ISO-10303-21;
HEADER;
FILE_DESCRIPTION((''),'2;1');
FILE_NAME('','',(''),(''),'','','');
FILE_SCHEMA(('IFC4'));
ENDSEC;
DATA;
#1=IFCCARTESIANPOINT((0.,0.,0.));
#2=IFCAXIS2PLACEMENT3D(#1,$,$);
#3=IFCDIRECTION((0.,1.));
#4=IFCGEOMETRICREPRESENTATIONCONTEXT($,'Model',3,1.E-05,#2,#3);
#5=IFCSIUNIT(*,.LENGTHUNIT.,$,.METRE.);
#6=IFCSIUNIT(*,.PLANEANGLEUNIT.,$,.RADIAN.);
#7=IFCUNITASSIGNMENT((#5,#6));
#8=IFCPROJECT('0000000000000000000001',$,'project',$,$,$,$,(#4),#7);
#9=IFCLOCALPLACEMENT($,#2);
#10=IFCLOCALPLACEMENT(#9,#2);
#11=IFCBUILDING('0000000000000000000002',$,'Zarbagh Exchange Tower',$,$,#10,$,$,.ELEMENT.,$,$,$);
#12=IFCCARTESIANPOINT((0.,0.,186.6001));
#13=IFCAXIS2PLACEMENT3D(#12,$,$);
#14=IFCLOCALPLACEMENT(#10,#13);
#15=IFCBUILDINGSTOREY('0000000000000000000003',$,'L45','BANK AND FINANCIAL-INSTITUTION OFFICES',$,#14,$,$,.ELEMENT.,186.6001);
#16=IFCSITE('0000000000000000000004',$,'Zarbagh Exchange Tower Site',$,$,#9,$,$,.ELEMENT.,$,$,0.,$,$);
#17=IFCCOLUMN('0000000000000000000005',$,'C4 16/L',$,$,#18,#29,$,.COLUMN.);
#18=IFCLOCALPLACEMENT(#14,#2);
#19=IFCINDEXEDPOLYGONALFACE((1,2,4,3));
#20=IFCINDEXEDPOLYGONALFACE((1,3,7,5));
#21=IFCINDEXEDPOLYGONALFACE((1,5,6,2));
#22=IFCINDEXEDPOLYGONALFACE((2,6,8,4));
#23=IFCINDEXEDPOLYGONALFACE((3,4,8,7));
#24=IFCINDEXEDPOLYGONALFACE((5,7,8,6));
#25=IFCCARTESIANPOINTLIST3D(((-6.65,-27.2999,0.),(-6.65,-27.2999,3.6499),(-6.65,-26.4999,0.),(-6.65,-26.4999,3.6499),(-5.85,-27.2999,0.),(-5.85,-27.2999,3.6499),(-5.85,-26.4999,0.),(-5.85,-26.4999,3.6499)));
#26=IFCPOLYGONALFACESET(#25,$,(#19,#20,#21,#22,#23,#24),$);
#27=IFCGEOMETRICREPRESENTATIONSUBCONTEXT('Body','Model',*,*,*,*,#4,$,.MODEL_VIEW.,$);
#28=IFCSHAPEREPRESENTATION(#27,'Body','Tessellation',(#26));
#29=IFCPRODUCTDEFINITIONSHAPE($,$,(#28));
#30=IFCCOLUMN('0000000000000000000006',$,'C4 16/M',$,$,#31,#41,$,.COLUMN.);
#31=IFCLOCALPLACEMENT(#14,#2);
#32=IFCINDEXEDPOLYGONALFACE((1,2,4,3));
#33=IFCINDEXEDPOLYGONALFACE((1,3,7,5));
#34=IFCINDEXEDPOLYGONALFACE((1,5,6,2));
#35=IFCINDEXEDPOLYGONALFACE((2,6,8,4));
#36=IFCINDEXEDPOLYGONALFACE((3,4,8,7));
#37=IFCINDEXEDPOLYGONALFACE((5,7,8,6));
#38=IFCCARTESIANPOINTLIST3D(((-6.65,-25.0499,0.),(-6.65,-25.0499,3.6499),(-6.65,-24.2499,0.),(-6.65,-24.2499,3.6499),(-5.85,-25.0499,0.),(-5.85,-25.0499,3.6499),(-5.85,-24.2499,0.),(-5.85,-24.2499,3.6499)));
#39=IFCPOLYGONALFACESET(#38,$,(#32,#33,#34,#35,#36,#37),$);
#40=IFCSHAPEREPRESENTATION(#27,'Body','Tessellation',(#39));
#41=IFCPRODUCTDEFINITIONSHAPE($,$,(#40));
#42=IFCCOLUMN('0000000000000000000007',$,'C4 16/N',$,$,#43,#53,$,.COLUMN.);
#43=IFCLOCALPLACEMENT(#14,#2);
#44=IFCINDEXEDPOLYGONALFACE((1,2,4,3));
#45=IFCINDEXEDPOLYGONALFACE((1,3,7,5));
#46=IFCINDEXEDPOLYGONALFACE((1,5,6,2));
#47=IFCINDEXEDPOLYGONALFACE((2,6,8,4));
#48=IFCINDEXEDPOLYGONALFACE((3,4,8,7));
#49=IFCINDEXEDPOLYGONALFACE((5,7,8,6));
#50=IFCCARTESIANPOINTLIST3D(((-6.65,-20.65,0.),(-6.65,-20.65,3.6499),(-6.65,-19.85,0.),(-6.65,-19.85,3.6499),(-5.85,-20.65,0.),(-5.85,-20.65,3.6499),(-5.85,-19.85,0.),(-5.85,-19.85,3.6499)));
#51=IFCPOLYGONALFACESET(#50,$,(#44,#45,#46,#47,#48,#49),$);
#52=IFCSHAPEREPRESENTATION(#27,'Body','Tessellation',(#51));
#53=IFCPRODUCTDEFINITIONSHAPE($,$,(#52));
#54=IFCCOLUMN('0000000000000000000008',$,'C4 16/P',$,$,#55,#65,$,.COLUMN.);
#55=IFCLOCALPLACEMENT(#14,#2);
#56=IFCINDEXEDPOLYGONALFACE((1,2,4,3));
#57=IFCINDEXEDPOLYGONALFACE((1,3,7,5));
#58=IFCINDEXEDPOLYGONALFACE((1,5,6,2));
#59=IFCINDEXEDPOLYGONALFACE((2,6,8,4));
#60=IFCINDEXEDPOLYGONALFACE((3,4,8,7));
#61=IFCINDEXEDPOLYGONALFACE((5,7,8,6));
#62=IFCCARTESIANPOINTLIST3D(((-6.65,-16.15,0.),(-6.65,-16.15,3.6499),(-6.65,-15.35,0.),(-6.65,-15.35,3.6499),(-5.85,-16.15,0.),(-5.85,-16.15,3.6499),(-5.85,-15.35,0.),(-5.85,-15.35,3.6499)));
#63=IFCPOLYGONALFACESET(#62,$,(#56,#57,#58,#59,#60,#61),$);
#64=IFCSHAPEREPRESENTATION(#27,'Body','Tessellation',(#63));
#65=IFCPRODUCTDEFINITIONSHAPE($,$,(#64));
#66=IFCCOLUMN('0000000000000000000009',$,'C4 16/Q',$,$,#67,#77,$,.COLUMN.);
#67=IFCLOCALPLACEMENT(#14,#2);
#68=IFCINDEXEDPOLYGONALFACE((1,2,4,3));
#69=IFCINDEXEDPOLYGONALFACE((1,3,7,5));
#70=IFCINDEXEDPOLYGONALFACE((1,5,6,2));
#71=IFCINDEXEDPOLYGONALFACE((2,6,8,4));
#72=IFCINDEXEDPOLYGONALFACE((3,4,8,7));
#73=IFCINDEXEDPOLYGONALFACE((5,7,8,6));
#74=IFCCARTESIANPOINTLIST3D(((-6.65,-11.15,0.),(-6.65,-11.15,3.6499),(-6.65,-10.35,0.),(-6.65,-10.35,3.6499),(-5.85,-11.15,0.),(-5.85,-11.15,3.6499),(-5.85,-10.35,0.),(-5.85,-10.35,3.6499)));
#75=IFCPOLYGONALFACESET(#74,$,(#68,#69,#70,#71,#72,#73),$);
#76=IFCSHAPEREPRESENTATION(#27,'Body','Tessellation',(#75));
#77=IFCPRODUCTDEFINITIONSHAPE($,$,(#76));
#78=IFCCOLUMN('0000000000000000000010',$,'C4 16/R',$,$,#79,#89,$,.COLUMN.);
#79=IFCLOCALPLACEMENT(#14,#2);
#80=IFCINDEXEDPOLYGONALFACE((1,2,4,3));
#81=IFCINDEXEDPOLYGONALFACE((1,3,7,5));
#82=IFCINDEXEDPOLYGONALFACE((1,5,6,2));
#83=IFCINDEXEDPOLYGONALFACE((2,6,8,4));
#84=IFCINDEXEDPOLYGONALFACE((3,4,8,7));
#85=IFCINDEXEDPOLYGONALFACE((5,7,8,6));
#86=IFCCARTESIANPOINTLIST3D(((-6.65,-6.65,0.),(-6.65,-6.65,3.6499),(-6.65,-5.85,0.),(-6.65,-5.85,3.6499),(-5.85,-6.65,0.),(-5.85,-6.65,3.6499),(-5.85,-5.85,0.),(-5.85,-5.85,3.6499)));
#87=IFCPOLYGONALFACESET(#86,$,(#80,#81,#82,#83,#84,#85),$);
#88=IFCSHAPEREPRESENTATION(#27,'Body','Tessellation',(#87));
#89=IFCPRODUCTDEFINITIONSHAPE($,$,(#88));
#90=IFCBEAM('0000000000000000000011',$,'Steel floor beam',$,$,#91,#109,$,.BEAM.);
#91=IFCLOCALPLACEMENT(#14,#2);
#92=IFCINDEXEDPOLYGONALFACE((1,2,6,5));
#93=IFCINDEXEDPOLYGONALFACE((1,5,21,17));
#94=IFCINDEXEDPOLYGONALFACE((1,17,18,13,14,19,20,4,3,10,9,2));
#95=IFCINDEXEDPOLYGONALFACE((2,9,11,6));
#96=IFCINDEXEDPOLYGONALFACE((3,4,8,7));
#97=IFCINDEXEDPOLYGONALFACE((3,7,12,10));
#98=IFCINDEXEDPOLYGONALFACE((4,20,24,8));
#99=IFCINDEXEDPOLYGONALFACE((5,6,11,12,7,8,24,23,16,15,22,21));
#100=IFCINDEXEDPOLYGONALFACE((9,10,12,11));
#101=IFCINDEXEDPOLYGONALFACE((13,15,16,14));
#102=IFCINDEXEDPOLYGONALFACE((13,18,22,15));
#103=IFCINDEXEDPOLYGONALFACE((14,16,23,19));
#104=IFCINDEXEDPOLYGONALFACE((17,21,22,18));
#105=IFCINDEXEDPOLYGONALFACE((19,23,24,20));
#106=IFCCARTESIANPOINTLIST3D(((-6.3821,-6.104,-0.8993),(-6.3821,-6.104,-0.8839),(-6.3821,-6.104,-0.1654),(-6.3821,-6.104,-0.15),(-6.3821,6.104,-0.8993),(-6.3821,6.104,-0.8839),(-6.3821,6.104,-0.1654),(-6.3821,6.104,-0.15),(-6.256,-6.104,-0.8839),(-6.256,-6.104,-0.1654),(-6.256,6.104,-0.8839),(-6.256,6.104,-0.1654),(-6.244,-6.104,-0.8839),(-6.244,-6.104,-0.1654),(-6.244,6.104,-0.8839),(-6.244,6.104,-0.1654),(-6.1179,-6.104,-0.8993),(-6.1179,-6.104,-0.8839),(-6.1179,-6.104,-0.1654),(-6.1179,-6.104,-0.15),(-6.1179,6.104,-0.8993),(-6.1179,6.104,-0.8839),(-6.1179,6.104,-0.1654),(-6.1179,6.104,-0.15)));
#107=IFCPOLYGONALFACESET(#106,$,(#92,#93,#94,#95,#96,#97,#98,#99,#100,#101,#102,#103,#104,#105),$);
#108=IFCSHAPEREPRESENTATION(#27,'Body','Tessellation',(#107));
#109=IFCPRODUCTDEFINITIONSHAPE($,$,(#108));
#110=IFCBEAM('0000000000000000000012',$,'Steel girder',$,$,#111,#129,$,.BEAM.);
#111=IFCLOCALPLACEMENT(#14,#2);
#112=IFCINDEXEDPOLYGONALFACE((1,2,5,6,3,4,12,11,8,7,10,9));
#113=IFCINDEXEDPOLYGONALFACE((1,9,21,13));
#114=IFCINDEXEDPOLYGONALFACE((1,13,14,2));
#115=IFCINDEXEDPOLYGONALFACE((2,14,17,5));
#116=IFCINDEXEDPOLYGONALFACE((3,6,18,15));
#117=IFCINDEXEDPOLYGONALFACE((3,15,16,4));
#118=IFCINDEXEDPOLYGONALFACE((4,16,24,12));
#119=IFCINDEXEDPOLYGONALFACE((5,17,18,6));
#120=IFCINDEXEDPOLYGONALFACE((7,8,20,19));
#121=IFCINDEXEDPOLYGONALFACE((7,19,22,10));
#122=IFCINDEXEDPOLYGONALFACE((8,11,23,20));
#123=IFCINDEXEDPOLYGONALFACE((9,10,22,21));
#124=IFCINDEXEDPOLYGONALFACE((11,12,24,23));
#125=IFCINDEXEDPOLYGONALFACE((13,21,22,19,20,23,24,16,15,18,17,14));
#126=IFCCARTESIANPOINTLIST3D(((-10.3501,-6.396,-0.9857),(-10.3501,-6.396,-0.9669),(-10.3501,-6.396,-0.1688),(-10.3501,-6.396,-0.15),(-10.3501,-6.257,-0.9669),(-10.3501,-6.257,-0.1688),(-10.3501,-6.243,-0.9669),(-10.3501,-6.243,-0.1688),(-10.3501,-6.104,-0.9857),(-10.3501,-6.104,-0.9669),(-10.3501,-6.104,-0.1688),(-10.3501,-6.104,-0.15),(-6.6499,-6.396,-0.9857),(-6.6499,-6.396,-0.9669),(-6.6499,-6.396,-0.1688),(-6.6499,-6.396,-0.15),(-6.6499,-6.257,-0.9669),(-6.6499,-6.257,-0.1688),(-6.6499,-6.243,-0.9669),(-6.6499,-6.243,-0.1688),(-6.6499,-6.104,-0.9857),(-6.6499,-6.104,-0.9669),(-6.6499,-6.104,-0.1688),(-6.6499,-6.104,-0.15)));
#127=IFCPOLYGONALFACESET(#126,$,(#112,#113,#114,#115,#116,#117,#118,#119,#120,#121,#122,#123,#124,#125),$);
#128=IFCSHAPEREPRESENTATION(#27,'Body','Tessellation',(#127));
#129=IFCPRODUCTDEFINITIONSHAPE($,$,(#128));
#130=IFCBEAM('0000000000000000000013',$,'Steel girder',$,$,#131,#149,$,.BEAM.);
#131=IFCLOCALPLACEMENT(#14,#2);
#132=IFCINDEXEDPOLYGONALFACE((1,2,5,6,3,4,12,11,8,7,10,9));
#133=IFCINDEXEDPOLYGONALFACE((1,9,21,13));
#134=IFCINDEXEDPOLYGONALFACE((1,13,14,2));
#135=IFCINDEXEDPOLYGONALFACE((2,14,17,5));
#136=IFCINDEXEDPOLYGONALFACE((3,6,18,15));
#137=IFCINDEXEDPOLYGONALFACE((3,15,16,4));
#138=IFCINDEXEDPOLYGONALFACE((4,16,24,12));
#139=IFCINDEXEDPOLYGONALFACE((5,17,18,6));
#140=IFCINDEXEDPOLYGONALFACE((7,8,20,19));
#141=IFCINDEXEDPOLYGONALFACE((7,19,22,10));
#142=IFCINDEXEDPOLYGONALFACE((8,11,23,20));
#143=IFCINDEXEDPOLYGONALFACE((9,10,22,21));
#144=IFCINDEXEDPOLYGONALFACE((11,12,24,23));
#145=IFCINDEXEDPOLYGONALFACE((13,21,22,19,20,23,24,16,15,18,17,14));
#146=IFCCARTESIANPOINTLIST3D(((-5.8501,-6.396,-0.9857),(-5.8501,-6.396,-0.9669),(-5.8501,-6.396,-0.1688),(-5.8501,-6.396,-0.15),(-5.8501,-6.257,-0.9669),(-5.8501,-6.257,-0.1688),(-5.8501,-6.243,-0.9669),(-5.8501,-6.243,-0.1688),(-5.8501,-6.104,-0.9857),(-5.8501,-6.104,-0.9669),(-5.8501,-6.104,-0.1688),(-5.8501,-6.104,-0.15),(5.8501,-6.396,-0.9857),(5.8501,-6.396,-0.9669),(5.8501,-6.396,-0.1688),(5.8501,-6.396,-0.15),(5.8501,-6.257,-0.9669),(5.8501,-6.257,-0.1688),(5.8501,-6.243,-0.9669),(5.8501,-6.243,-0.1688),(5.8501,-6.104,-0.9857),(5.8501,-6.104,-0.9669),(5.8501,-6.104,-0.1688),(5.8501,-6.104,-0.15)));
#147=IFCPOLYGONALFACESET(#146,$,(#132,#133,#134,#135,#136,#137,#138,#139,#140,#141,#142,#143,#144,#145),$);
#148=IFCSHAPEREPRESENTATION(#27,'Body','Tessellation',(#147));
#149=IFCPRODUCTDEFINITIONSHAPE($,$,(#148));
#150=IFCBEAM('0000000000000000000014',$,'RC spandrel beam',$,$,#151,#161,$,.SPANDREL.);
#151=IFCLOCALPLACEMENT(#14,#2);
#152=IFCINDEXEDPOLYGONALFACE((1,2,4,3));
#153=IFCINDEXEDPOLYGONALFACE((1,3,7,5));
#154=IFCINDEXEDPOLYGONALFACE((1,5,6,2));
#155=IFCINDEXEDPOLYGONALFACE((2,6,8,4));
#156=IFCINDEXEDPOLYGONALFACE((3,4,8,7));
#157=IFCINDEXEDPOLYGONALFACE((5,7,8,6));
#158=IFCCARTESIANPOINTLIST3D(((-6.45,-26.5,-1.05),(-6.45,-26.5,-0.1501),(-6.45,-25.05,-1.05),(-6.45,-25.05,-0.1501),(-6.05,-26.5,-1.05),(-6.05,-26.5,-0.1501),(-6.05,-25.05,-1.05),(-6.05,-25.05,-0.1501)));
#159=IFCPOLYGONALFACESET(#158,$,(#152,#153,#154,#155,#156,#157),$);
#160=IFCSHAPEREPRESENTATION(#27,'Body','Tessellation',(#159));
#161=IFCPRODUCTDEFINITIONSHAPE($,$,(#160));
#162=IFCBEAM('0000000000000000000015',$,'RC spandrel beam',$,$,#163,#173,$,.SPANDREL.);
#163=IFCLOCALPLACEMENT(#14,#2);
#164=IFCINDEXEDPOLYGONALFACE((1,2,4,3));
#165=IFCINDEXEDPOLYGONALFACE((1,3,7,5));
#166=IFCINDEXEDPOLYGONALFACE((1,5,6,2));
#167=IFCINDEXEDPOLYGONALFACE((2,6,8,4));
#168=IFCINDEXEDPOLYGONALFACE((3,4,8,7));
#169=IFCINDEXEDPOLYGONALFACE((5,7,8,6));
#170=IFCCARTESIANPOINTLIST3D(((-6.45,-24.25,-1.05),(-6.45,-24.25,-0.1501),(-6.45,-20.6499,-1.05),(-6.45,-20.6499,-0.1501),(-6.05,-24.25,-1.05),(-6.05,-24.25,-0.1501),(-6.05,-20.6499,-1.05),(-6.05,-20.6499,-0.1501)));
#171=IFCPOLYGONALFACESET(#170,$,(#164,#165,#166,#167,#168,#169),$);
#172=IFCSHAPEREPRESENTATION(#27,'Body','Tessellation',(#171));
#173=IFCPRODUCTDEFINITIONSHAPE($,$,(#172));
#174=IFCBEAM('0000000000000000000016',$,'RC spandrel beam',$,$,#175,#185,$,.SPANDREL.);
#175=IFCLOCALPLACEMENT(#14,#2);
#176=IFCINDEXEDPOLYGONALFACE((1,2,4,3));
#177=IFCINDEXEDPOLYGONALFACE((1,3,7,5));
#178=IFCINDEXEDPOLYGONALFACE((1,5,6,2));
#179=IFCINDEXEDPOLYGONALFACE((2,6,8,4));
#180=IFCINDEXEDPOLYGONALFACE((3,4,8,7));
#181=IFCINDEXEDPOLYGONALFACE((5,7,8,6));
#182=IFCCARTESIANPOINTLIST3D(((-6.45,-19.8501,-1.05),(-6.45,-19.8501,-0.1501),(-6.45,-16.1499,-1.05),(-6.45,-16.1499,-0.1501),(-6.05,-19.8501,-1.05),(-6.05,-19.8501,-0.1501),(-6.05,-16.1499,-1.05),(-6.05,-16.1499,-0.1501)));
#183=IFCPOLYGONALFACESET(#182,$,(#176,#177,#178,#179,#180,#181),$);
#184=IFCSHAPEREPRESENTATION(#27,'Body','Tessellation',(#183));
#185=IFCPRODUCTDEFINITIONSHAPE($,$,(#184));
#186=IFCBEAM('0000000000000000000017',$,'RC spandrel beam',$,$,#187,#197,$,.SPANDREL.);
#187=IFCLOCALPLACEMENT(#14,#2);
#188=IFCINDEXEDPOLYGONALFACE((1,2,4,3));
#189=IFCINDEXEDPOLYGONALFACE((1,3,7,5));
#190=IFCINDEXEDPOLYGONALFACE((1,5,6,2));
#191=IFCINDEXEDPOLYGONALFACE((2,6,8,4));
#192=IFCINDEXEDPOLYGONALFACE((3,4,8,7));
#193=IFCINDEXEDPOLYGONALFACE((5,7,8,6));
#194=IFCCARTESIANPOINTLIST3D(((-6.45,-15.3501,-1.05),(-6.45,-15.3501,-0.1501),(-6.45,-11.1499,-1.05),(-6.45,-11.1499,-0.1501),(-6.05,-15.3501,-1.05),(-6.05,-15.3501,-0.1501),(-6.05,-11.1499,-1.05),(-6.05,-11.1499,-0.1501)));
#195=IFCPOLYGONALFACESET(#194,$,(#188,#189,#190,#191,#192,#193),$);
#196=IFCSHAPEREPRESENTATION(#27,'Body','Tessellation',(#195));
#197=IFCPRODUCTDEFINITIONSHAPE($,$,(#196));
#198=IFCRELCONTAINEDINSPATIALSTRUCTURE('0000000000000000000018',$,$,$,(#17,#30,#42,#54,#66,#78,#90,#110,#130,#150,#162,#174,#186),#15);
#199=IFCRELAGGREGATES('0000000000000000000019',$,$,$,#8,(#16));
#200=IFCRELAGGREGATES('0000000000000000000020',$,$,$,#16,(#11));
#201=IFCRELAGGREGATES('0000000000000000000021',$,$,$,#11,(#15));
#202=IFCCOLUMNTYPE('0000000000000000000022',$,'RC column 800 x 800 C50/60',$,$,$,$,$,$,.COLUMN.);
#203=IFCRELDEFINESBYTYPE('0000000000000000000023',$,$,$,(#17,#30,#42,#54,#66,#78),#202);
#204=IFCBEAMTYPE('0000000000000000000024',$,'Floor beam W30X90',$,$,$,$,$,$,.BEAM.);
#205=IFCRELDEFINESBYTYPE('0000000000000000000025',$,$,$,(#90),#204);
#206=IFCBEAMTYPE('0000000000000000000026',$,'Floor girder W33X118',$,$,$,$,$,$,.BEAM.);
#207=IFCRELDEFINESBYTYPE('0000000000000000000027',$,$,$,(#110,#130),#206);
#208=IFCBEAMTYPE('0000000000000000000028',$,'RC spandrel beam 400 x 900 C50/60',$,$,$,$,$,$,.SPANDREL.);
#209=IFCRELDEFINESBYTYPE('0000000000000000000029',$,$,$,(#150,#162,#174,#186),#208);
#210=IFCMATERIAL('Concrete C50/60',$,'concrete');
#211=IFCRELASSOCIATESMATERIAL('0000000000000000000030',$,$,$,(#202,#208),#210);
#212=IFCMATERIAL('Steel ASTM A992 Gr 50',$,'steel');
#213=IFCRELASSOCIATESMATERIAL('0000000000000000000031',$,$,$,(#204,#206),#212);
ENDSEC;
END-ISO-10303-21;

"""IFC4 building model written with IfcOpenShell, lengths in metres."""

from ifc_helpers import new_model, si_unit, direction, frame, origin, origin_2d, place, context, subcontext, project, spatial, rectangle, i_section, extrude, material, material_profile, profile_set, type_object, element, save


model = new_model("IFC4")

# Units and contexts
model_context = context("Model", 3, precision=1e-05, world=origin(), true_north=direction((0.0, 1.0)))
body_context = subcontext(model_context, "Body", "Model", "MODEL_VIEW")
ifc_project = project(units=[si_unit("LENGTHUNIT", "METRE"), si_unit("PLANEANGLEUNIT", "RADIAN")], contexts=[model_context])

# Site, building, storey
site_placement = place(None, origin())
site = spatial("IfcSite", under=ifc_project, at=site_placement, Name="Zarbagh Exchange Tower Site", CompositionType="ELEMENT", RefElevation=0.0)
building_placement = place(site_placement, origin())
building = spatial("IfcBuilding", under=site, at=building_placement, Name="Zarbagh Exchange Tower", CompositionType="ELEMENT")
storey_placement = place(building_placement, frame((0.0, 0.0, 186.6001)))
storey = spatial("IfcBuildingStorey", under=building, at=storey_placement, Name="L45", Description="BANK AND FINANCIAL-INSTITUTION OFFICES", CompositionType="ELEMENT", Elevation=186.6001)

# Columns
ifc_material_1 = material(Name="Concrete C50/60", Category="concrete")
ifc_material_profile_1 = material_profile(ifc_material_1, rectangle(XDim=0.8, YDim=0.8, at=origin_2d()), Name="RC column 800 x 800 C50/60")
ifc_profile_set_1 = profile_set([ifc_material_profile_1], Name="Concrete C50/60")
column_type = type_object("IfcColumnType", Name="RC column 800 x 800 C50/60", PredefinedType="COLUMN", material=ifc_profile_set_1)
for number, where, z_axis, x_axis, name in (
    (1, (-6.25, -26.8999, 0.0), (0.0, 0.0, 1.0), (1.0, 0.0, 0.0), "C4 16/L"),
    (2, (-6.25, -24.6499, 0.0), (0.0, 0.0, 1.0), (1.0, 0.0, 0.0), "C4 16/M"),
    (3, (-6.25, -20.25, 0.0), (0.0, 0.0, 1.0), (1.0, 0.0, 0.0), "C4 16/N"),
    (4, (-6.25, -15.75, 0.0), (0.0, 0.0, 1.0), (1.0, 0.0, 0.0), "C4 16/P"),
    (5, (-6.25, -10.75, 0.0), (0.0, 0.0, 1.0), (1.0, 0.0, 0.0), "C4 16/Q"),
    (6, (-6.25, -6.25, 0.0), (0.0, 0.0, 1.0), (1.0, 0.0, 0.0), "C4 16/R"),
):
    element("IfcColumn", number, at=place(storey_placement, frame(where, z_axis=z_axis, x_axis=x_axis)), inside=storey, type_object=column_type, Name=name, PredefinedType="COLUMN", context=body_context, shape_type="SweptSolid", body=[
        extrude(rectangle(XDim=0.8, YDim=0.8, at=origin_2d()), origin(), (0.0, 0.0, 1.0), 3.6499),
    ])

# Beams
ifc_material_2 = material(Name="Steel ASTM A992 Gr 50", Category="steel")
ifc_material_profile_2 = material_profile(ifc_material_2, i_section(OverallWidth=0.2642, OverallDepth=0.7493, WebThickness=0.012, FlangeThickness=0.0154, at=origin_2d()), Name="W30X90")
ifc_profile_set_2 = profile_set([ifc_material_profile_2], Name="Steel ASTM A992 Gr 50")
beam_type_1 = type_object("IfcBeamType", Name="Floor beam W30X90", PredefinedType="BEAM", material=ifc_profile_set_2)
beam_1_placement = place(storey_placement, frame((-6.25, -6.104, -0.5247), z_axis=(0.0, 1.0, 0.0), x_axis=(-1.0, 0.0, 0.0)))
element("IfcBeam", 7, at=beam_1_placement, inside=storey, type_object=beam_type_1, Name="Steel floor beam", PredefinedType="BEAM", context=body_context, shape_type="SweptSolid", body=[
    extrude(i_section(OverallWidth=0.2642, OverallDepth=0.7493, WebThickness=0.012, FlangeThickness=0.0154, at=origin_2d()), origin(), (0.0, 0.0, 1.0), 12.208),
])
ifc_material_profile_3 = material_profile(ifc_material_2, i_section(OverallWidth=0.292, OverallDepth=0.8357, WebThickness=0.0139, FlangeThickness=0.0188, at=origin_2d()), Name="W33X118")
ifc_profile_set_3 = profile_set([ifc_material_profile_3], Name="Steel ASTM A992 Gr 50")
beam_type_2 = type_object("IfcBeamType", Name="Floor girder W33X118", PredefinedType="BEAM", material=ifc_profile_set_3)
beam_2_placement = place(storey_placement, frame((-10.3501, -6.25, -0.5679), z_axis=(1.0, 0.0, 0.0), x_axis=(0.0, 1.0, 0.0)))
element("IfcBeam", 8, at=beam_2_placement, inside=storey, type_object=beam_type_2, Name="Steel girder", PredefinedType="BEAM", context=body_context, shape_type="SweptSolid", body=[
    extrude(i_section(OverallWidth=0.292, OverallDepth=0.8357, WebThickness=0.0139, FlangeThickness=0.0188, at=origin_2d()), origin(), (0.0, 0.0, 1.0), 3.7002),
])
beam_3_placement = place(storey_placement, frame((-5.8501, -6.25, -0.5679), z_axis=(1.0, 0.0, 0.0), x_axis=(0.0, 1.0, 0.0)))
element("IfcBeam", 9, at=beam_3_placement, inside=storey, type_object=beam_type_2, Name="Steel girder", PredefinedType="BEAM", context=body_context, shape_type="SweptSolid", body=[
    extrude(i_section(OverallWidth=0.292, OverallDepth=0.8357, WebThickness=0.0139, FlangeThickness=0.0188, at=origin_2d()), origin(), (0.0, 0.0, 1.0), 11.7002),
])
ifc_material_profile_4 = material_profile(ifc_material_1, rectangle(XDim=0.3999, YDim=0.8999, at=origin_2d()), Name="RC spandrel beam 400 x 900 C50/60")
ifc_profile_set_4 = profile_set([ifc_material_profile_4], Name="Concrete C50/60")
beam_type_3 = type_object("IfcBeamType", Name="RC spandrel beam 400 x 900 C50/60", PredefinedType="SPANDREL", material=ifc_profile_set_4)
beam_4_placement = place(storey_placement, frame((-6.25, -26.5, -0.6001), z_axis=(0.0, 1.0, 0.0), x_axis=(-1.0, 0.0, 0.0)))
element("IfcBeam", 10, at=beam_4_placement, inside=storey, type_object=beam_type_3, Name="RC spandrel beam", PredefinedType="SPANDREL", context=body_context, shape_type="SweptSolid", body=[
    extrude(rectangle(XDim=0.3999, YDim=0.8999, at=origin_2d()), origin(), (0.0, 0.0, 1.0), 1.45),
])
beam_5_placement = place(storey_placement, frame((-6.25, -24.25, -0.6001), z_axis=(0.0, 1.0, 0.0), x_axis=(-1.0, 0.0, 0.0)))
element("IfcBeam", 11, at=beam_5_placement, inside=storey, type_object=beam_type_3, Name="RC spandrel beam", PredefinedType="SPANDREL", context=body_context, shape_type="SweptSolid", body=[
    extrude(rectangle(XDim=0.3999, YDim=0.8999, at=origin_2d()), origin(), (0.0, 0.0, 1.0), 3.6001),
])
beam_6_placement = place(storey_placement, frame((-6.25, -19.8501, -0.6001), z_axis=(0.0, 1.0, 0.0), x_axis=(-1.0, 0.0, 0.0)))
element("IfcBeam", 12, at=beam_6_placement, inside=storey, type_object=beam_type_3, Name="RC spandrel beam", PredefinedType="SPANDREL", context=body_context, shape_type="SweptSolid", body=[
    extrude(rectangle(XDim=0.3999, YDim=0.8999, at=origin_2d()), origin(), (0.0, 0.0, 1.0), 3.7002),
])
beam_7_placement = place(storey_placement, frame((-6.25, -15.3501, -0.6001), z_axis=(0.0, 1.0, 0.0), x_axis=(-1.0, 0.0, 0.0)))
element("IfcBeam", 13, at=beam_7_placement, inside=storey, type_object=beam_type_3, Name="RC spandrel beam", PredefinedType="SPANDREL", context=body_context, shape_type="SweptSolid", body=[
    extrude(rectangle(XDim=0.3999, YDim=0.8999, at=origin_2d()), origin(), (0.0, 0.0, 1.0), 4.2002),
])

save(model, "model.ifc")
